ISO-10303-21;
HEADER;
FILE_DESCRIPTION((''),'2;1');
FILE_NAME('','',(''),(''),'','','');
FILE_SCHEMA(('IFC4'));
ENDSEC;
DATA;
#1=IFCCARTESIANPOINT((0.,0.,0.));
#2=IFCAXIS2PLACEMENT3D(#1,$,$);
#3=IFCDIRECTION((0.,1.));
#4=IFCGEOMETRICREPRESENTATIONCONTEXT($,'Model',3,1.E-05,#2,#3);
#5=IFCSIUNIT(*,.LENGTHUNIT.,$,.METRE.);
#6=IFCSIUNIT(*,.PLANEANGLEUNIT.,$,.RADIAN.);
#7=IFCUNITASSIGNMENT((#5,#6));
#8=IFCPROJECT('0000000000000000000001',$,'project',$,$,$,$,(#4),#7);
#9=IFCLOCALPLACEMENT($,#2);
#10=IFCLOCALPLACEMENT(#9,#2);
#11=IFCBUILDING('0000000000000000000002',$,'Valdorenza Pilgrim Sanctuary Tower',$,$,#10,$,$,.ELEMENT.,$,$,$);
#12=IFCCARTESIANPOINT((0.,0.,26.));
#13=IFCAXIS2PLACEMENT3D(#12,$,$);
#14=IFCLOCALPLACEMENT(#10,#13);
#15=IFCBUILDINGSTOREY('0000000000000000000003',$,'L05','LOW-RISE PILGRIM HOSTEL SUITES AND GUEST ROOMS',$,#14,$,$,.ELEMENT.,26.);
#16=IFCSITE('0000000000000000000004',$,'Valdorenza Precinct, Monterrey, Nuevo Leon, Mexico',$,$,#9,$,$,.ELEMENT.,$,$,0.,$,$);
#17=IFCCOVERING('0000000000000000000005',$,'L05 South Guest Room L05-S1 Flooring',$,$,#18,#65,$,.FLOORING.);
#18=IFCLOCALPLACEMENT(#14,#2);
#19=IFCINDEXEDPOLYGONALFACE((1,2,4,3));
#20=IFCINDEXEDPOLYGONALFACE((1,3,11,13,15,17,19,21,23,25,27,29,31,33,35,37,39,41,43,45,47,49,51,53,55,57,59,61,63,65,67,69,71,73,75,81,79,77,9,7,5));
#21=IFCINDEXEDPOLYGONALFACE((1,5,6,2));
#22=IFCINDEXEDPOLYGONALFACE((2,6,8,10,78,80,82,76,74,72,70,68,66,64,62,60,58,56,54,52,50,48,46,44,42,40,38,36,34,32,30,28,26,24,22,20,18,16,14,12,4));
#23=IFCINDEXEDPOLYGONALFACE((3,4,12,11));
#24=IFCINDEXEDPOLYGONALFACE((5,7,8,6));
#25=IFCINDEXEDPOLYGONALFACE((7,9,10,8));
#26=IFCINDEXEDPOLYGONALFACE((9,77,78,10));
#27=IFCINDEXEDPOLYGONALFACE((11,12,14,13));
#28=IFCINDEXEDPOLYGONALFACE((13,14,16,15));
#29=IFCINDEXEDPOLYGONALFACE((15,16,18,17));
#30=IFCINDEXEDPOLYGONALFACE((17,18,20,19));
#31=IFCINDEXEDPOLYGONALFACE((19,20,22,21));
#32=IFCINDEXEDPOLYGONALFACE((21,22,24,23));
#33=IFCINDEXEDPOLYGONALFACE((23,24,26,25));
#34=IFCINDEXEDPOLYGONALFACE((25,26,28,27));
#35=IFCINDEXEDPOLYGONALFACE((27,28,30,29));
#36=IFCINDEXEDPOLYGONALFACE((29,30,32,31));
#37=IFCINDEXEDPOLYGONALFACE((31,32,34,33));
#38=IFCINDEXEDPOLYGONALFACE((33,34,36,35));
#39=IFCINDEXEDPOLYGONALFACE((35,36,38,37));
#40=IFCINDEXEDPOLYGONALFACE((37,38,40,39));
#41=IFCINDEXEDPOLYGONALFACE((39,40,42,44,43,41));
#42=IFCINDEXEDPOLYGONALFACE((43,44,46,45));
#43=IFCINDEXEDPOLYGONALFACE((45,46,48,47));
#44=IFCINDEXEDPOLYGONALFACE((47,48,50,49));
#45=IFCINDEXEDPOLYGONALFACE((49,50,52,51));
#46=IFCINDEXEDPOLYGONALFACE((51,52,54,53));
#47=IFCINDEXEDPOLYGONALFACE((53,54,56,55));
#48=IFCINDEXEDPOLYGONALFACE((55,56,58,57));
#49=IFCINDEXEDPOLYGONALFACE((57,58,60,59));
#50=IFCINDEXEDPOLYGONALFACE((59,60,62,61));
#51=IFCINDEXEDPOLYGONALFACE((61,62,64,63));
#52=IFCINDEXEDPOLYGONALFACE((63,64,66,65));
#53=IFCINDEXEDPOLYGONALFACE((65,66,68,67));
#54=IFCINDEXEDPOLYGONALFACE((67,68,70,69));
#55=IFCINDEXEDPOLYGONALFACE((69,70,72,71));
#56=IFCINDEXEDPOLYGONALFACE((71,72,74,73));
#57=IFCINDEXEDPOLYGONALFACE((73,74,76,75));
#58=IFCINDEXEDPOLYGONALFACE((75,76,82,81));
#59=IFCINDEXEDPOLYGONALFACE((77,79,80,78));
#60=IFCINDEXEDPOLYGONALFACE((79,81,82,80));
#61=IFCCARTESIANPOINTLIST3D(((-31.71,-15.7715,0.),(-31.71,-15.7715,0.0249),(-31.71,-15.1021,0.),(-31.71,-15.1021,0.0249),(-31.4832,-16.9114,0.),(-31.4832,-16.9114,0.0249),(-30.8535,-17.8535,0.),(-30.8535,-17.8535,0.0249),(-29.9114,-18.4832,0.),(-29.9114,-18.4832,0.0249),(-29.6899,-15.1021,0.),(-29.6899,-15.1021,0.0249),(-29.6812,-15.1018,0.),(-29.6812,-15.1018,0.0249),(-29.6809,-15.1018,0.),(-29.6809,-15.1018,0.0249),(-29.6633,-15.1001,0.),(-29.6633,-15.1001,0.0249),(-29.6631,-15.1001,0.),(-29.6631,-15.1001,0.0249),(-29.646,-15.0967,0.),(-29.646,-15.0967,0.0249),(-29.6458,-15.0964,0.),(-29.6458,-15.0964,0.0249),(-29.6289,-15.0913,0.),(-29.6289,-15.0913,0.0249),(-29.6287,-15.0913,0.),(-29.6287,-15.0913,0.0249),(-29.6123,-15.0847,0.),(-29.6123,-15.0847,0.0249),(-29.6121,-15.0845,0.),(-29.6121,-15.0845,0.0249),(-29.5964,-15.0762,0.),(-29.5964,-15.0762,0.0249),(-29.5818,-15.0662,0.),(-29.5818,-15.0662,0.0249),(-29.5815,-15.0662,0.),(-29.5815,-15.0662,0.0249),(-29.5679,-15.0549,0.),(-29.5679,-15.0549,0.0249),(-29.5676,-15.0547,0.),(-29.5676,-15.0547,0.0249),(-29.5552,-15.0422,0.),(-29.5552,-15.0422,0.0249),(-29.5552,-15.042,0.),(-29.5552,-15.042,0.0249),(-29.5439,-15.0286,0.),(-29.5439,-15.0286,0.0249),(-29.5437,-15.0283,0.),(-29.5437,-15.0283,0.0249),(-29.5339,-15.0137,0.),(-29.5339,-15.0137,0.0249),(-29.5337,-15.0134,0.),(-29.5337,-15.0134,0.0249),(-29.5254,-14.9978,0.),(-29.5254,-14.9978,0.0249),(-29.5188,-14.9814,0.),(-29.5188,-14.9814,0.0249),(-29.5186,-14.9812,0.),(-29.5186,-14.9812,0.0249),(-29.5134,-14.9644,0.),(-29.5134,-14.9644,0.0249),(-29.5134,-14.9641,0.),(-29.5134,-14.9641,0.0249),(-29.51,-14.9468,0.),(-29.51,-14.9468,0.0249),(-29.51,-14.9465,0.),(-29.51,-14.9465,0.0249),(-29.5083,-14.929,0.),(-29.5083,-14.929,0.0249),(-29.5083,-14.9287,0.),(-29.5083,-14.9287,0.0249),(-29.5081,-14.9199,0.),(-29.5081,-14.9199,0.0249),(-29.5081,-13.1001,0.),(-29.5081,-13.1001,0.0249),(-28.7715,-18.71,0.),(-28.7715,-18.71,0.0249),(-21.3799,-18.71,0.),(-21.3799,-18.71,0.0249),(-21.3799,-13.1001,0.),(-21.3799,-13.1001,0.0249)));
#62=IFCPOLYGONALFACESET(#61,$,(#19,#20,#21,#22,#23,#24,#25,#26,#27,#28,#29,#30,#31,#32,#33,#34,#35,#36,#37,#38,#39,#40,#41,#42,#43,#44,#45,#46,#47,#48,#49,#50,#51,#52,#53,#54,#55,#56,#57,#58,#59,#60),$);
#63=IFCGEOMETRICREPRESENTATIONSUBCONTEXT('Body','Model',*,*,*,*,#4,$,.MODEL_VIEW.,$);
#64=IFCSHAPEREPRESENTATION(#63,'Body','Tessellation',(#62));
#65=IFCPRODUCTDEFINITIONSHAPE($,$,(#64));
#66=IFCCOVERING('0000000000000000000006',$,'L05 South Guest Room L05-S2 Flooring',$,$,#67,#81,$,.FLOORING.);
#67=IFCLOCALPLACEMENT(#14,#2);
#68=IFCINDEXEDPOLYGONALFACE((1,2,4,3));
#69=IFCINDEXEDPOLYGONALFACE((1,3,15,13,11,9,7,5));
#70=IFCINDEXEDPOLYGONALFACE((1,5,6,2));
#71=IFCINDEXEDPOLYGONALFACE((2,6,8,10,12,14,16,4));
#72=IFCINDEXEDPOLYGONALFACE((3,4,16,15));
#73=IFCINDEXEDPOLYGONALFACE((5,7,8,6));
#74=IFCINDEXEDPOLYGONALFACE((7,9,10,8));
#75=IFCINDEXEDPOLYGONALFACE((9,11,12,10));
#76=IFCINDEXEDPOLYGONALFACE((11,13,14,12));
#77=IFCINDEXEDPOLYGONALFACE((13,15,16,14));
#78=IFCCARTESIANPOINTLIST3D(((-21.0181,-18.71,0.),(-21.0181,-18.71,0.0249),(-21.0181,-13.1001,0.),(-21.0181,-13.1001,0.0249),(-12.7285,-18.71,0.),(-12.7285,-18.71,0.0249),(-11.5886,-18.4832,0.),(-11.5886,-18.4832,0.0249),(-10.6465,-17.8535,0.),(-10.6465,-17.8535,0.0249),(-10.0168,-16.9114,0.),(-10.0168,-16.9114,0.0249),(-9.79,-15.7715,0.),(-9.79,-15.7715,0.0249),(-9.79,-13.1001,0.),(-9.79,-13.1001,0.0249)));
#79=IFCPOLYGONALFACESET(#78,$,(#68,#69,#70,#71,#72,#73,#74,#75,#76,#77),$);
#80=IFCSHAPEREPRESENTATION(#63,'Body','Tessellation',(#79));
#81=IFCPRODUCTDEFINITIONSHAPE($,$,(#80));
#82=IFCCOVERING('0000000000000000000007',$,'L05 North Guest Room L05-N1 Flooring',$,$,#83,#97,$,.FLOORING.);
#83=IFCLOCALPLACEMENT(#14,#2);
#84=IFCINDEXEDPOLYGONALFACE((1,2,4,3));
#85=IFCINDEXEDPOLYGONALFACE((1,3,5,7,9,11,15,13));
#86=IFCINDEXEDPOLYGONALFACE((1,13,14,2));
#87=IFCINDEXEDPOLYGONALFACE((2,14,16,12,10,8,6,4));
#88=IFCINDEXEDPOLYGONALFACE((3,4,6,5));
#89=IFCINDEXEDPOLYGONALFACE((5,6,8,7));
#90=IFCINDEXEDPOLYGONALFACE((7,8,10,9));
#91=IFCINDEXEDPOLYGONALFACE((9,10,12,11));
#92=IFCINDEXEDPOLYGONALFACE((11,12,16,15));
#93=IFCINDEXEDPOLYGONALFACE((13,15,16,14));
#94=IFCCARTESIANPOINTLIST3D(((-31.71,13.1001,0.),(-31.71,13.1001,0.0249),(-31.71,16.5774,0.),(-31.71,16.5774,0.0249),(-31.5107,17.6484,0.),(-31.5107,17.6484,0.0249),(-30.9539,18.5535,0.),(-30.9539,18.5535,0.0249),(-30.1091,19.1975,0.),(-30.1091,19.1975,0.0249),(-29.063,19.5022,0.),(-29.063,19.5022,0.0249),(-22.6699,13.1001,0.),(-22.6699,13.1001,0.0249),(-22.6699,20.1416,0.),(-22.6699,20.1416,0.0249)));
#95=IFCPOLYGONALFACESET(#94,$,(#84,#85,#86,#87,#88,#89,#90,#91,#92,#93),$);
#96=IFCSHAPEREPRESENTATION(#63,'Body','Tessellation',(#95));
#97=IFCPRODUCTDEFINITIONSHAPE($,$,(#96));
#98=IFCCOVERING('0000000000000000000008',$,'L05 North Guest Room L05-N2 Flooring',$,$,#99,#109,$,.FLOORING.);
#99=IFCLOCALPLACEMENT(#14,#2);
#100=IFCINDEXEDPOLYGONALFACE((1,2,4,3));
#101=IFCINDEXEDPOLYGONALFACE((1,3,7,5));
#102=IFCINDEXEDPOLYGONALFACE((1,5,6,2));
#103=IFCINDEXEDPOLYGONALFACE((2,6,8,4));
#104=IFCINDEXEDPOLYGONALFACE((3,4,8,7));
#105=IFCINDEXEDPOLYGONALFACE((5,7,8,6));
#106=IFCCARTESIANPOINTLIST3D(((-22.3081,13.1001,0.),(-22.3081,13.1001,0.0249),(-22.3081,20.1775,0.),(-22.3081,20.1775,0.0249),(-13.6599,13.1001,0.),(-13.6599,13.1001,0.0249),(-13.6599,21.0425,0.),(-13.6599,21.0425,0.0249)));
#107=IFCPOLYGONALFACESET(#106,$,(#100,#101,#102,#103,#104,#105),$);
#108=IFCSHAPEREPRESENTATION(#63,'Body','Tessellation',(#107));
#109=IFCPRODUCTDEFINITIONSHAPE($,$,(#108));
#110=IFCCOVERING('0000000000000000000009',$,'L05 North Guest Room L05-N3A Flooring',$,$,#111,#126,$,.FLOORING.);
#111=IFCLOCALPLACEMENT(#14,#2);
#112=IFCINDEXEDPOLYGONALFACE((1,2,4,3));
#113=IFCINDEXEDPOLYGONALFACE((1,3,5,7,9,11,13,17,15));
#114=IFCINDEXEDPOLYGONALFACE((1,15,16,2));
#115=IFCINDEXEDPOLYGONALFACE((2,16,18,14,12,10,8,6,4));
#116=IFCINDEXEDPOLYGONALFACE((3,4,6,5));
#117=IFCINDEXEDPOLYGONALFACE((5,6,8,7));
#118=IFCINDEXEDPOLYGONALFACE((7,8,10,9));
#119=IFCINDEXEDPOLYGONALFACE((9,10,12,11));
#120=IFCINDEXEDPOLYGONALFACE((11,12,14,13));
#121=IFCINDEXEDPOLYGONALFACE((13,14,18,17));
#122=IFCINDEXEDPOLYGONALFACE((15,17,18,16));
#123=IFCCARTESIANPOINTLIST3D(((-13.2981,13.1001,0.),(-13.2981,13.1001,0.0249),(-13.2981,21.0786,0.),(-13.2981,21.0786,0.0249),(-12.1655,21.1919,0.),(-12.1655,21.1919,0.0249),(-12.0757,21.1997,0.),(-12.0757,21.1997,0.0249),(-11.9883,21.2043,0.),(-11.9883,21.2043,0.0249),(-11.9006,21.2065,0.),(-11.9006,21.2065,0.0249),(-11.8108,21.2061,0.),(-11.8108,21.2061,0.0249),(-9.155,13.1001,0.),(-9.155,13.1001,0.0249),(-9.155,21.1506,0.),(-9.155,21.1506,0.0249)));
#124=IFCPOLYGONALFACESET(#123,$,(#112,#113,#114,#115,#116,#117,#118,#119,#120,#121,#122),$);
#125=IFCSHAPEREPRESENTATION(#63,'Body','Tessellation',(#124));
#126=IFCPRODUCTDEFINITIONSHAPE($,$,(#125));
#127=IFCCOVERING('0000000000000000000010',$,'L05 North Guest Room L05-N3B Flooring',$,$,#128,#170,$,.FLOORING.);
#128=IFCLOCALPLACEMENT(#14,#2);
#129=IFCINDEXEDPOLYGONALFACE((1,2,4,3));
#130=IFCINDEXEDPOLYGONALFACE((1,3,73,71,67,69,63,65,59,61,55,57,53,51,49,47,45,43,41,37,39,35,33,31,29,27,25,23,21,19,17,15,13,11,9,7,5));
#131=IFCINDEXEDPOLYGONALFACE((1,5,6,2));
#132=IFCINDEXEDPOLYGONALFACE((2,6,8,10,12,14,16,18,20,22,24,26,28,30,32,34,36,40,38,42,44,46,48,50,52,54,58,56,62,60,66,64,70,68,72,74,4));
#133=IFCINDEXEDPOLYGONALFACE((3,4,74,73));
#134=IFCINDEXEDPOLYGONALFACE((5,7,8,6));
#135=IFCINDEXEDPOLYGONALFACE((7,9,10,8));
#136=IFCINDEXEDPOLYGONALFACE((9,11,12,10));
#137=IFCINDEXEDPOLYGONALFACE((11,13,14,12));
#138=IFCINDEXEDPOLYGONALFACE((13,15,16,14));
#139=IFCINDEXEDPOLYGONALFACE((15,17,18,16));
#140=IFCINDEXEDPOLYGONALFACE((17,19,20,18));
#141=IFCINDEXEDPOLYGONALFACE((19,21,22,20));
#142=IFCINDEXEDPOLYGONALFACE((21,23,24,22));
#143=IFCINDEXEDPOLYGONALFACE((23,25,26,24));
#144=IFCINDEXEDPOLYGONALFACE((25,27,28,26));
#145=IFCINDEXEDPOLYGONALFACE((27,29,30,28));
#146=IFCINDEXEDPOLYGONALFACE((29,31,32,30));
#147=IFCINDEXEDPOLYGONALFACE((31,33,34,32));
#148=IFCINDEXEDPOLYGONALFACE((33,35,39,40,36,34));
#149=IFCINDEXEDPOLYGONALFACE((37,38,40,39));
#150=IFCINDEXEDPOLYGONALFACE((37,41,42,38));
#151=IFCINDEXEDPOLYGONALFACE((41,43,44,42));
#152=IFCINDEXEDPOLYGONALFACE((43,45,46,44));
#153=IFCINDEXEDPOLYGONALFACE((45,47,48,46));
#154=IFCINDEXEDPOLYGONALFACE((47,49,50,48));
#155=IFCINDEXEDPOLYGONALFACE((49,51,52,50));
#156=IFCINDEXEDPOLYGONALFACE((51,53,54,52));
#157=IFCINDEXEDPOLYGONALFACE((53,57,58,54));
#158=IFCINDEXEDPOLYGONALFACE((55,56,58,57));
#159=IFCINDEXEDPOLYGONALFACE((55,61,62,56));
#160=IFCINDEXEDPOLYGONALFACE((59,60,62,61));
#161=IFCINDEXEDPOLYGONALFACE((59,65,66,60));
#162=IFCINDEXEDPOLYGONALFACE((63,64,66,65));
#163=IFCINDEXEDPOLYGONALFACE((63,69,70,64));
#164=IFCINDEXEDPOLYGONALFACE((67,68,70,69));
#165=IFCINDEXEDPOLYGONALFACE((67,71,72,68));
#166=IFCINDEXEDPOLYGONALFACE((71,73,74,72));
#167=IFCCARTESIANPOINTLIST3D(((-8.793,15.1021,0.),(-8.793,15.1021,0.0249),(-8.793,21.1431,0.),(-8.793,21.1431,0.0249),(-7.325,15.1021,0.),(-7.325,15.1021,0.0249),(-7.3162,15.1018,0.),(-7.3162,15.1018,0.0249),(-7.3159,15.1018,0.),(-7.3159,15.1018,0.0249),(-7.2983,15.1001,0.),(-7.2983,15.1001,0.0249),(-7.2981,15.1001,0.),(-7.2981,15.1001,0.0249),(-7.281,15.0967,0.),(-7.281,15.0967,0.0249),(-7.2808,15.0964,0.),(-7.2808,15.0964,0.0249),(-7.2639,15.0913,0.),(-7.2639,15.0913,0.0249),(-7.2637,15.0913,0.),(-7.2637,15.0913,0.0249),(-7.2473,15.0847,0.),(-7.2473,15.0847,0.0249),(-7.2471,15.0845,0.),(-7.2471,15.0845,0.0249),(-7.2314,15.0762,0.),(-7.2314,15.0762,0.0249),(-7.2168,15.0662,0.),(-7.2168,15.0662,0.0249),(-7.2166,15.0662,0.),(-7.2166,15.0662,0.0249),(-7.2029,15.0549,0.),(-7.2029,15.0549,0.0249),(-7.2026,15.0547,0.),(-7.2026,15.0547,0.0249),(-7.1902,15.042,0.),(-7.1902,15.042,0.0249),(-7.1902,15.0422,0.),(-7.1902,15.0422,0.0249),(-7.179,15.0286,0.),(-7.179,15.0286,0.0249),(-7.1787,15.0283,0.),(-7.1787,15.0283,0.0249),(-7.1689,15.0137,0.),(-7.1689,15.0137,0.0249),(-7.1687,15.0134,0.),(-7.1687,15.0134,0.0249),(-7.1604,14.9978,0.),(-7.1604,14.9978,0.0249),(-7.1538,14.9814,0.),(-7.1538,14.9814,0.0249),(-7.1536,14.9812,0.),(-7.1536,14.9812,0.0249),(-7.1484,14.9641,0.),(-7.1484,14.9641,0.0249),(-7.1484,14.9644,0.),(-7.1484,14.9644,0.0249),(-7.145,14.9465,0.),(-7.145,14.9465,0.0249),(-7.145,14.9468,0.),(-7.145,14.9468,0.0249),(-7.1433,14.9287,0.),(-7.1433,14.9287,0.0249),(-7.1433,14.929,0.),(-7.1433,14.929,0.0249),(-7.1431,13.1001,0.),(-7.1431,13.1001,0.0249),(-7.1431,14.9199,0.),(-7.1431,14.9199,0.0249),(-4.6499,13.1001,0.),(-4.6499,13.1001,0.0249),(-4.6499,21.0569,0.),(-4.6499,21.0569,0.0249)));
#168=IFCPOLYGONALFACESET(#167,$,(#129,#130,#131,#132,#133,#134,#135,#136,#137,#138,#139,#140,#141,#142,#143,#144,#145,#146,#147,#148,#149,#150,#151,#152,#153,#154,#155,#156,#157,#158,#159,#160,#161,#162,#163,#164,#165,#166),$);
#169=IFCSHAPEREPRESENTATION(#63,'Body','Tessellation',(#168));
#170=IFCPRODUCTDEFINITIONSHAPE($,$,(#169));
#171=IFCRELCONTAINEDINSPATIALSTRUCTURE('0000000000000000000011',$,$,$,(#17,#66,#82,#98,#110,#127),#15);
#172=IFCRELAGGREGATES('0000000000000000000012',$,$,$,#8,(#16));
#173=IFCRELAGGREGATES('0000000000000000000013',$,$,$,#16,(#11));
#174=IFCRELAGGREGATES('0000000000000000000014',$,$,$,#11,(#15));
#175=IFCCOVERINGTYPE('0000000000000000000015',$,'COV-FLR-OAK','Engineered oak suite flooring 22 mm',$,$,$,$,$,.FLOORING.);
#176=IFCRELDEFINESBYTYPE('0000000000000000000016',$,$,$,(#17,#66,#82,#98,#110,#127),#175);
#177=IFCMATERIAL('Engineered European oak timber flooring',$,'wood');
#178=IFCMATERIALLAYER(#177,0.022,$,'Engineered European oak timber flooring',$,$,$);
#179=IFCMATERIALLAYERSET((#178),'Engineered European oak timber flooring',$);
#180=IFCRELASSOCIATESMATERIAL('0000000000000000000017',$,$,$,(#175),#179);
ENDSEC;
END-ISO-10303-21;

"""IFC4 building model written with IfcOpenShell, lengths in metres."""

from ifc_helpers import new_model, si_unit, direction, frame, origin, place, context, subcontext, project, spatial, polyline, outline, extrude, material, layer, layer_set, type_object, element, save


model = new_model("IFC4")

# Units and contexts
model_context = context("Model", 3, precision=1e-05, world=origin(), true_north=direction((0.0, 1.0)))
body_context = subcontext(model_context, "Body", "Model", "MODEL_VIEW")
ifc_project = project(units=[si_unit("LENGTHUNIT", "METRE"), si_unit("PLANEANGLEUNIT", "RADIAN")], contexts=[model_context])

# Site, building, storey
site_placement = place(None, origin())
site = spatial("IfcSite", under=ifc_project, at=site_placement, Name="Valdorenza Precinct, Monterrey, Nuevo Leon, Mexico", CompositionType="ELEMENT", RefElevation=0.0)
building_placement = place(site_placement, origin())
building = spatial("IfcBuilding", under=site, at=building_placement, Name="Valdorenza Pilgrim Sanctuary Tower", CompositionType="ELEMENT")
storey_placement = place(building_placement, frame((0.0, 0.0, 26.0)))
storey = spatial("IfcBuildingStorey", under=building, at=storey_placement, Name="L05", Description="LOW-RISE PILGRIM HOSTEL SUITES AND GUEST ROOMS", CompositionType="ELEMENT", Elevation=26.0)

# Coverings
ifc_material_1 = material(Name="Engineered European oak timber flooring", Category="wood")
ifc_layer_1 = layer(ifc_material_1, 0.022, Name="Engineered European oak timber flooring")
ifc_layer_set_1 = layer_set([ifc_layer_1], Name="Engineered European oak timber flooring")
covering_type_1 = type_object("IfcCoveringType", Name="COV-FLR-OAK", Description="Engineered oak suite flooring 22 mm", PredefinedType="FLOORING", material=ifc_layer_set_1)
covering_1_placement = place(storey_placement, origin())
element("IfcCovering", 1, at=covering_1_placement, inside=storey, type_object=covering_type_1, Name="L05 South Guest Room L05-S1 Flooring", PredefinedType="FLOORING", context=body_context, shape_type="SweptSolid", body=[
    extrude(outline(polyline([(-28.7715, -18.71), (-29.9114, -18.4832), (-30.8535, -17.8535), (-31.4832, -16.9114), (-31.71, -15.7715), (-31.71, -15.1021), (-29.6899, -15.1021), (-29.6812, -15.1018), (-29.6809, -15.1018), (-29.6633, -15.1001), (-29.6631, -15.1001), (-29.646, -15.0967), (-29.6458, -15.0964), (-29.6289, -15.0913), (-29.6287, -15.0913), (-29.6123, -15.0847), (-29.6121, -15.0845), (-29.5964, -15.0762), (-29.5964, -15.0762), (-29.5818, -15.0662), (-29.5815, -15.0662), (-29.5679, -15.0549), (-29.5676, -15.0547), (-29.5552, -15.0422), (-29.5552, -15.042), (-29.5439, -15.0286), (-29.5437, -15.0283), (-29.5339, -15.0137), (-29.5337, -15.0134), (-29.5254, -14.9978), (-29.5254, -14.9978), (-29.5188, -14.9814), (-29.5186, -14.9812), (-29.5134, -14.9644), (-29.5134, -14.9641), (-29.51, -14.9468), (-29.51, -14.9465), (-29.5083, -14.929), (-29.5083, -14.9287), (-29.5081, -14.9199), (-29.5081, -13.1001), (-21.3799, -13.1001), (-21.3799, -18.71), (-28.7715, -18.71)])), origin(), (0.0, 0.0, 1.0), 0.0249),
])
covering_2_placement = place(storey_placement, origin())
element("IfcCovering", 2, at=covering_2_placement, inside=storey, type_object=covering_type_1, Name="L05 South Guest Room L05-S2 Flooring", PredefinedType="FLOORING", context=body_context, shape_type="SweptSolid", body=[
    extrude(outline(polyline([(-9.79, -13.1001), (-9.79, -15.7715), (-10.0168, -16.9114), (-10.6465, -17.8535), (-11.5886, -18.4832), (-12.7285, -18.71), (-21.0181, -18.71), (-21.0181, -13.1001), (-9.79, -13.1001)])), origin(), (0.0, 0.0, 1.0), 0.0249),
])
covering_3_placement = place(storey_placement, origin())
element("IfcCovering", 3, at=covering_3_placement, inside=storey, type_object=covering_type_1, Name="L05 North Guest Room L05-N1 Flooring", PredefinedType="FLOORING", context=body_context, shape_type="SweptSolid", body=[
    extrude(outline(polyline([(-31.5107, 17.6484), (-30.9539, 18.5535), (-30.1091, 19.1975), (-29.063, 19.5022), (-22.6699, 20.1416), (-22.6699, 13.1001), (-31.71, 13.1001), (-31.71, 16.5774), (-31.5107, 17.6484)])), origin(), (0.0, 0.0, 1.0), 0.0249),
])
covering_4_placement = place(storey_placement, origin())
element("IfcCovering", 4, at=covering_4_placement, inside=storey, type_object=covering_type_1, Name="L05 North Guest Room L05-N2 Flooring", PredefinedType="FLOORING", context=body_context, shape_type="SweptSolid", body=[
    extrude(outline(polyline([(-13.6599, 21.0425), (-13.6599, 13.1001), (-22.3081, 13.1001), (-22.3081, 20.1775), (-13.6599, 21.0425)])), origin(), (0.0, 0.0, 1.0), 0.0249),
])
covering_5_placement = place(storey_placement, origin())
element("IfcCovering", 5, at=covering_5_placement, inside=storey, type_object=covering_type_1, Name="L05 North Guest Room L05-N3A Flooring", PredefinedType="FLOORING", context=body_context, shape_type="SweptSolid", body=[
    extrude(outline(polyline([(-12.1655, 21.1919), (-12.0757, 21.1997), (-11.9883, 21.2043), (-11.9006, 21.2065), (-11.8108, 21.2061), (-9.155, 21.1506), (-9.155, 13.1001), (-13.2981, 13.1001), (-13.2981, 21.0786), (-12.1655, 21.1919)])), origin(), (0.0, 0.0, 1.0), 0.0249),
])
covering_6_placement = place(storey_placement, origin())
element("IfcCovering", 6, at=covering_6_placement, inside=storey, type_object=covering_type_1, Name="L05 North Guest Room L05-N3B Flooring", PredefinedType="FLOORING", context=body_context, shape_type="SweptSolid", body=[
    extrude(outline(polyline([(-7.1431, 13.1001), (-7.1431, 14.9199), (-7.1433, 14.9287), (-7.1433, 14.929), (-7.145, 14.9465), (-7.145, 14.9468), (-7.1484, 14.9641), (-7.1484, 14.9644), (-7.1536, 14.9812), (-7.1538, 14.9814), (-7.1604, 14.9978), (-7.1604, 14.9978), (-7.1687, 15.0134), (-7.1689, 15.0137), (-7.1787, 15.0283), (-7.179, 15.0286), (-7.1902, 15.042), (-7.1902, 15.0422), (-7.2026, 15.0547), (-7.2029, 15.0549), (-7.2166, 15.0662), (-7.2168, 15.0662), (-7.2314, 15.0762), (-7.2314, 15.0762), (-7.2471, 15.0845), (-7.2473, 15.0847), (-7.2637, 15.0913), (-7.2639, 15.0913), (-7.2808, 15.0964), (-7.281, 15.0967), (-7.2981, 15.1001), (-7.2983, 15.1001), (-7.3159, 15.1018), (-7.3162, 15.1018), (-7.325, 15.1021), (-8.793, 15.1021), (-8.793, 21.1431), (-4.6499, 21.0569), (-4.6499, 13.1001), (-7.1431, 13.1001)])), origin(), (0.0, 0.0, 1.0), 0.0249),
])

save(model, "model.ifc")
